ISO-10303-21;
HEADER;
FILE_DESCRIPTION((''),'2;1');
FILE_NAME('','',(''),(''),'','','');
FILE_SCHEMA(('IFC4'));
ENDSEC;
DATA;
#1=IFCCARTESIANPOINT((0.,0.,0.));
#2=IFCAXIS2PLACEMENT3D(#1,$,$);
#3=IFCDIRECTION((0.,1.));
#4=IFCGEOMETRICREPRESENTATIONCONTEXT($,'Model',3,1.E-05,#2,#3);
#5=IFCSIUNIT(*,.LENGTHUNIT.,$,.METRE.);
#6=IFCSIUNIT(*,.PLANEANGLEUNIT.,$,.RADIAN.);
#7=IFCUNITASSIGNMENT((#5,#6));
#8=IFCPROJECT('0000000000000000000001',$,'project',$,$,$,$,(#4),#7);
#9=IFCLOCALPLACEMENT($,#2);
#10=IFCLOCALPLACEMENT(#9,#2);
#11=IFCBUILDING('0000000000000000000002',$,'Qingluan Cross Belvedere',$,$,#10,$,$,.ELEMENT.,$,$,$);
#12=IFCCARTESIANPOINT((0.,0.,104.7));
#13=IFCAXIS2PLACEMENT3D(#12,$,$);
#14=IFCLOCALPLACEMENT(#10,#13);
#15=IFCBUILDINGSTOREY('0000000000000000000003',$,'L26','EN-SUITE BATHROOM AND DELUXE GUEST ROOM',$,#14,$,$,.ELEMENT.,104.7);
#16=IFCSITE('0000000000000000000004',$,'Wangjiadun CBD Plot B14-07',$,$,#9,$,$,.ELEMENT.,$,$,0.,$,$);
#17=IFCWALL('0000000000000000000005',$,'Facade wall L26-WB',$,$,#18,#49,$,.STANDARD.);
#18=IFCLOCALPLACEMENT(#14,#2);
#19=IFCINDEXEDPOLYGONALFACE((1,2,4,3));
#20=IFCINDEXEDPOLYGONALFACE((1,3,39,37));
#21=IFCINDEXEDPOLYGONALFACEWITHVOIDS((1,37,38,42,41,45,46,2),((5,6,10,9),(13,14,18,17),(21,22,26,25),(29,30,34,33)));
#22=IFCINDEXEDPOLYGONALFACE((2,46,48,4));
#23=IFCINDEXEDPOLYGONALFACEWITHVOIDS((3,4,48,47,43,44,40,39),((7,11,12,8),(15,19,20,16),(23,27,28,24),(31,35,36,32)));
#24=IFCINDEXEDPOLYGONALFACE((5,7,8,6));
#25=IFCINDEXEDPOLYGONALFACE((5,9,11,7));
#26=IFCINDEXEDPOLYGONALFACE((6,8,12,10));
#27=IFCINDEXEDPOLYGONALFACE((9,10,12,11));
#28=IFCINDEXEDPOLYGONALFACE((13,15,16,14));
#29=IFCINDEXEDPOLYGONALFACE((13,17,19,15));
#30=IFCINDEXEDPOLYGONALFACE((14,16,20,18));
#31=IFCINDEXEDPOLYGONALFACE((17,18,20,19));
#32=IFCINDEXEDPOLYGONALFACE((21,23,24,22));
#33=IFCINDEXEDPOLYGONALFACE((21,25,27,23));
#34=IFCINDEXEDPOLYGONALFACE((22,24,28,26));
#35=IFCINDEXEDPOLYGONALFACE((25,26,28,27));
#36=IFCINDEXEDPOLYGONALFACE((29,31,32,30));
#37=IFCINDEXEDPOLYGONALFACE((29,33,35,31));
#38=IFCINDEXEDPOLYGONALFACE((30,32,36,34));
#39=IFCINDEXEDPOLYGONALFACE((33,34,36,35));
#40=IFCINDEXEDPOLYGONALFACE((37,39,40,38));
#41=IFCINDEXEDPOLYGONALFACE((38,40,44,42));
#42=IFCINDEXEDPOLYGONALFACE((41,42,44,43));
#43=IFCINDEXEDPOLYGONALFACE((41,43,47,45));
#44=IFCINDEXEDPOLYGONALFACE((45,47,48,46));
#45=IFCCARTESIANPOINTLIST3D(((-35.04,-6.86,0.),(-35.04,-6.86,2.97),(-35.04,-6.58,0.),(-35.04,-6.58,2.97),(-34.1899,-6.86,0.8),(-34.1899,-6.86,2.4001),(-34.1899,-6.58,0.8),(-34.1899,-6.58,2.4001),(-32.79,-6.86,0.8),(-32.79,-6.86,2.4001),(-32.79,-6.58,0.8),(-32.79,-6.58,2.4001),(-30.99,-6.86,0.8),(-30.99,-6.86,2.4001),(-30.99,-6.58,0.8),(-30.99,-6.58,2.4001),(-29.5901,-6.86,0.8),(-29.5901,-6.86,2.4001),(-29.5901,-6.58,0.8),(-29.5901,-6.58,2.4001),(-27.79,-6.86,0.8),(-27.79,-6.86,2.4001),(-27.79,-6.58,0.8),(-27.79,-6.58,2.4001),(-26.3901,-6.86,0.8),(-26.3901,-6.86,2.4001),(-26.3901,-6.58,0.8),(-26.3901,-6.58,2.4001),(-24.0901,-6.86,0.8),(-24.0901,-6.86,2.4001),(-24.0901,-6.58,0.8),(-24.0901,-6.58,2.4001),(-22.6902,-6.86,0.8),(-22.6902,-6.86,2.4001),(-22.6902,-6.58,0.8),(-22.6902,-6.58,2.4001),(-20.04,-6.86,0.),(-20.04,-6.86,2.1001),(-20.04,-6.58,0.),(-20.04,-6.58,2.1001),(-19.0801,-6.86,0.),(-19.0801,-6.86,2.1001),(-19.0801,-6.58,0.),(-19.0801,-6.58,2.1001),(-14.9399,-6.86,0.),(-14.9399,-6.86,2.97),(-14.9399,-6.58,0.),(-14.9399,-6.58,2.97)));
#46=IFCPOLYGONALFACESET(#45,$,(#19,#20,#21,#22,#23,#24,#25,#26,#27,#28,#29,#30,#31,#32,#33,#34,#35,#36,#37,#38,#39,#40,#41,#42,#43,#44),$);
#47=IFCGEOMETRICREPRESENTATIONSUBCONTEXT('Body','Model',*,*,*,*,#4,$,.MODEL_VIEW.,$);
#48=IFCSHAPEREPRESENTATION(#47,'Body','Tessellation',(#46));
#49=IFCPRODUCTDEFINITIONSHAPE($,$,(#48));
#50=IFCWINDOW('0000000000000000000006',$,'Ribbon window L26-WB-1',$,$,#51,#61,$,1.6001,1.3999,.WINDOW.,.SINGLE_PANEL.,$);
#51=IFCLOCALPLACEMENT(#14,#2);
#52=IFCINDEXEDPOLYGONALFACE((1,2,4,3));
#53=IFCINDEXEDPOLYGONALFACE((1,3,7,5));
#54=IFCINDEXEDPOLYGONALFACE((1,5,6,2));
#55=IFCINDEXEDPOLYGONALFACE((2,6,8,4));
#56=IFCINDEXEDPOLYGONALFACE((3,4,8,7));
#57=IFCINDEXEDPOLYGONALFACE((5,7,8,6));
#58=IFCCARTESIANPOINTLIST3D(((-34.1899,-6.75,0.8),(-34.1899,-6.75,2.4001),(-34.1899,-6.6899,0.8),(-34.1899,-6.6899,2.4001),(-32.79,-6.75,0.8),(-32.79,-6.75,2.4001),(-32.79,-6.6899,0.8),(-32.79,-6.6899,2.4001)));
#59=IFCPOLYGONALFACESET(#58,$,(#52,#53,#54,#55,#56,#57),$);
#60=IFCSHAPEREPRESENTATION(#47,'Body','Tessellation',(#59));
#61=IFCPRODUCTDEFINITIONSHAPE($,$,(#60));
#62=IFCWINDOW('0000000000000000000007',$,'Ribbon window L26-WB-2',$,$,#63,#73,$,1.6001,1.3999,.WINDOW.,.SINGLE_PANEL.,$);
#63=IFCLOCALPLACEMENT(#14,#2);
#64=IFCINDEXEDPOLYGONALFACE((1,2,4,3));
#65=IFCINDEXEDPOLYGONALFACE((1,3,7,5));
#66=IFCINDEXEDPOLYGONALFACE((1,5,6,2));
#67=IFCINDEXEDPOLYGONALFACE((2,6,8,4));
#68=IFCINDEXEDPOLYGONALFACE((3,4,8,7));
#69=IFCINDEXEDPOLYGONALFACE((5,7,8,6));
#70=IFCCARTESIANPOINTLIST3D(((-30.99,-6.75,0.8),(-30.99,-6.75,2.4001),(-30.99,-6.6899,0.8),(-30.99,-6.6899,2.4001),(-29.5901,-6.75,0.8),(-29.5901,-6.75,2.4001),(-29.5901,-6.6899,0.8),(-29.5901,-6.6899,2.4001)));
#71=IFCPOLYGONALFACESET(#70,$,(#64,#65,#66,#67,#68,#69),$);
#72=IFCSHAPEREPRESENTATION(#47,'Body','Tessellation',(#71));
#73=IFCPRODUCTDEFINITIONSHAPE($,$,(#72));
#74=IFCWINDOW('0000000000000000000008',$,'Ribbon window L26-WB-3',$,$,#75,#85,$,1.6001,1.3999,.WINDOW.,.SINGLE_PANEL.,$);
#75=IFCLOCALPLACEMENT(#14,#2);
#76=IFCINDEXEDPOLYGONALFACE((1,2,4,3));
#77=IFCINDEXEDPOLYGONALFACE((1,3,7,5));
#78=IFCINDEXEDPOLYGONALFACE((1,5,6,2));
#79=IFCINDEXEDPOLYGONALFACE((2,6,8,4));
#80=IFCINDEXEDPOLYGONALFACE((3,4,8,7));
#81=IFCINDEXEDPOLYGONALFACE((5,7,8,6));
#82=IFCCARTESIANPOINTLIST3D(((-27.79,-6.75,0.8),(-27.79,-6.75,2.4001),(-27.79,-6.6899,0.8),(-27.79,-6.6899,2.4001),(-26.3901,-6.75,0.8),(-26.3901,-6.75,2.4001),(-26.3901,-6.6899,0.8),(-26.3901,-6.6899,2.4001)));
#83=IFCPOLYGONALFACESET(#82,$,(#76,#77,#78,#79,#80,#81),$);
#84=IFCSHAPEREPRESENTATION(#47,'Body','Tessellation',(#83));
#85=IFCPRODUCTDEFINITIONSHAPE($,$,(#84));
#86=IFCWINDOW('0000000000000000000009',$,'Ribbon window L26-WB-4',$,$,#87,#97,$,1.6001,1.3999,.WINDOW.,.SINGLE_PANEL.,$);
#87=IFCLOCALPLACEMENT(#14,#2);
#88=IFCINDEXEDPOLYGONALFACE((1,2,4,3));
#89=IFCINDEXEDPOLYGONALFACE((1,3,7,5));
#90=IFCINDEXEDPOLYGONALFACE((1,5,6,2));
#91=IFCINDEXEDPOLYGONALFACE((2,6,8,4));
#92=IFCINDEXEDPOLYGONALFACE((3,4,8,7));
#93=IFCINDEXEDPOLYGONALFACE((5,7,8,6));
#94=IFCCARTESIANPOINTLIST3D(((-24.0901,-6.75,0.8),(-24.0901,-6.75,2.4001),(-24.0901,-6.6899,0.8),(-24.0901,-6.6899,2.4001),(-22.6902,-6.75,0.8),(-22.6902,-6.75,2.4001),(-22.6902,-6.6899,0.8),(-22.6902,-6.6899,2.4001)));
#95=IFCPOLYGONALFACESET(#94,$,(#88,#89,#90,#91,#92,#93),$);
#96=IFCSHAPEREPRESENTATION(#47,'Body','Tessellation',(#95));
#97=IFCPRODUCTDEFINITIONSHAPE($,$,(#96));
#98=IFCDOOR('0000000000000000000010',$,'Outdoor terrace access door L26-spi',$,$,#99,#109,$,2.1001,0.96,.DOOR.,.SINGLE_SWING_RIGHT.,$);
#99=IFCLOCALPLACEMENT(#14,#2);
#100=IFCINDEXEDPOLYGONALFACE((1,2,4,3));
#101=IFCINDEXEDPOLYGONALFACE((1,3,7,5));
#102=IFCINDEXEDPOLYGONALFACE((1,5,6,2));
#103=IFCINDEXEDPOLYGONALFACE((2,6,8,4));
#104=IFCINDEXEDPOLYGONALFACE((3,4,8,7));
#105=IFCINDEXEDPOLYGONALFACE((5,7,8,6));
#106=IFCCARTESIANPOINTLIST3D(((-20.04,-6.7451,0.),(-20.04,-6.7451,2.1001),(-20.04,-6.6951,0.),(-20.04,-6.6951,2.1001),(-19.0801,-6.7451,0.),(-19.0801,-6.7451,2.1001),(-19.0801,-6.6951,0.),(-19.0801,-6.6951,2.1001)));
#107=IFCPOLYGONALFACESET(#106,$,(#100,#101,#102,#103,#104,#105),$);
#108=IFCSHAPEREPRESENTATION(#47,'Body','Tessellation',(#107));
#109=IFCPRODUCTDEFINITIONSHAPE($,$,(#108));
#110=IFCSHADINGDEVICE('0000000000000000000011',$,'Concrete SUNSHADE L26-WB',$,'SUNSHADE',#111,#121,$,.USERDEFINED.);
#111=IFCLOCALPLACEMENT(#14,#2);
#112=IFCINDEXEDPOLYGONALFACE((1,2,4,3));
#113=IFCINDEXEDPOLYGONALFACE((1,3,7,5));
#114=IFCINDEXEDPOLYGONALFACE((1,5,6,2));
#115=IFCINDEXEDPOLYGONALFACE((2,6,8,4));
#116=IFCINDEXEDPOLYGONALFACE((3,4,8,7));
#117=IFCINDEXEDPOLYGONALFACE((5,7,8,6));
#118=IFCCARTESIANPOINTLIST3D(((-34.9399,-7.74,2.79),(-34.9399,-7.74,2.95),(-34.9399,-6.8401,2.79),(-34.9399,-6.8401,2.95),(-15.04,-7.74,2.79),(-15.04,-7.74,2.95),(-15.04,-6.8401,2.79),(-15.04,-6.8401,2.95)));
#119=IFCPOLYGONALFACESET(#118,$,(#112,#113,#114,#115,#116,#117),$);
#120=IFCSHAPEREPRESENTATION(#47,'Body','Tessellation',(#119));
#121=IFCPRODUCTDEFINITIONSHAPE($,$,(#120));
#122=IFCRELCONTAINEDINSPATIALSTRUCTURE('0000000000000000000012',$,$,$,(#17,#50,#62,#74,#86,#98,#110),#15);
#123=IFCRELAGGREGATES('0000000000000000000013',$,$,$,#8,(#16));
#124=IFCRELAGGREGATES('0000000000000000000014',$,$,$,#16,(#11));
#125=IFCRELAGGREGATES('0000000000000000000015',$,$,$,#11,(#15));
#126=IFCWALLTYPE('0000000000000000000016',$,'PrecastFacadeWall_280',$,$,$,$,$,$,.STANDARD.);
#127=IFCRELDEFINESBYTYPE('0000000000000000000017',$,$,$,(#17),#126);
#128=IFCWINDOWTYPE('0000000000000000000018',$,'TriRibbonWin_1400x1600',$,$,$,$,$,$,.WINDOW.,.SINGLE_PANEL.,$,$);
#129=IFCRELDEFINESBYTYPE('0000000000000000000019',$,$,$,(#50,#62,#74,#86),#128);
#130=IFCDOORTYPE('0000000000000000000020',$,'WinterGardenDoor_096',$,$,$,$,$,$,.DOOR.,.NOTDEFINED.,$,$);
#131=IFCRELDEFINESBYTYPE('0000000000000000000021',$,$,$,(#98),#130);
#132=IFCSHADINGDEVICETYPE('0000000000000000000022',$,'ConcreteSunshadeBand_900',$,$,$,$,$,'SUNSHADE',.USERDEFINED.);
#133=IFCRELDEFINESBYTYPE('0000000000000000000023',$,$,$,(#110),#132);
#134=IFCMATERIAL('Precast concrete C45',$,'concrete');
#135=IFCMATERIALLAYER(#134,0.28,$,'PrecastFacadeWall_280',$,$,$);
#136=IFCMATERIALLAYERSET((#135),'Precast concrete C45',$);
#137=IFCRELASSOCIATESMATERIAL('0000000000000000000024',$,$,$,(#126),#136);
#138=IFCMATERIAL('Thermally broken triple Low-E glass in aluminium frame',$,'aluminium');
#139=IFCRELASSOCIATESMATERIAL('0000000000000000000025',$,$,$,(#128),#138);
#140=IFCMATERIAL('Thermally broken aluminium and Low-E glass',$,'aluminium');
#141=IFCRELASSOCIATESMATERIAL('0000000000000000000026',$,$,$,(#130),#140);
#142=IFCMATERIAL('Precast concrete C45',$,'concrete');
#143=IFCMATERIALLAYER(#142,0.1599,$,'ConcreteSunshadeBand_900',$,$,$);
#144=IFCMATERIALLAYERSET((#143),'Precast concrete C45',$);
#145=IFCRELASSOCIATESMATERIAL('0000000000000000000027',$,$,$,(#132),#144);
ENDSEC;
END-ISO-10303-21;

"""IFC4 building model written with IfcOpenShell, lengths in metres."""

from ifc_helpers import new_model, si_unit, direction, frame, frame_2d, origin, origin_2d, place, context, subcontext, project, spatial, rectangle, extrude, material, layer, layer_set, type_object, element, fill, save


model = new_model("IFC4")

# Units and contexts
model_context = context("Model", 3, precision=1e-05, world=origin(), true_north=direction((0.0, 1.0)))
body_context = subcontext(model_context, "Body", "Model", "MODEL_VIEW")
ifc_project = project(units=[si_unit("LENGTHUNIT", "METRE"), si_unit("PLANEANGLEUNIT", "RADIAN")], contexts=[model_context])

# Site, building, storey
site_placement = place(None, origin())
site = spatial("IfcSite", under=ifc_project, at=site_placement, Name="Wangjiadun CBD Plot B14-07", CompositionType="ELEMENT", RefElevation=0.0)
building_placement = place(site_placement, origin())
building = spatial("IfcBuilding", under=site, at=building_placement, Name="Qingluan Cross Belvedere", CompositionType="ELEMENT")
storey_placement = place(building_placement, frame((0.0, 0.0, 104.7)))
storey = spatial("IfcBuildingStorey", under=building, at=storey_placement, Name="L26", Description="EN-SUITE BATHROOM AND DELUXE GUEST ROOM", CompositionType="ELEMENT", Elevation=104.7)

# Wall, openings, windows, door
ifc_material_1 = material(Name="Precast concrete C45", Category="concrete")
ifc_layer_1 = layer(ifc_material_1, 0.28, Name="PrecastFacadeWall_280")
ifc_layer_set_1 = layer_set([ifc_layer_1], Name="Precast concrete C45")
wall_type_1 = type_object("IfcWallType", Name="PrecastFacadeWall_280", PredefinedType="STANDARD", material=ifc_layer_set_1)
wall_1_placement = place(storey_placement, frame((-35.04, -6.72, 0.0), z_axis=(0.0, 0.0, 1.0), x_axis=(1.0, 0.0, 0.0)))
wall_1 = element("IfcWall", 1, at=wall_1_placement, inside=storey, type_object=wall_type_1, Name="Facade wall L26-WB", PredefinedType="STANDARD", context=body_context, shape_type="SweptSolid", body=[
    extrude(rectangle(XDim=20.1001, YDim=0.28, at=frame_2d((10.05, 0.0))), origin(), (0.0, 0.0, 1.0), 2.97),
])
opening_1_placement = place(wall_1_placement, frame((0.8501, 0.0, 0.8)))
opening_1 = element("IfcOpeningElement", 2, at=opening_1_placement, cuts=wall_1, PredefinedType="OPENING", context=body_context, shape_type="SweptSolid", body=[
    extrude(rectangle(XDim=1.3999, YDim=1.6001, at=frame_2d((0.7, 0.8))), frame((0.0, 0.1499, 0.0), z_axis=(0.0, -1.0, 0.0), x_axis=(1.0, 0.0, 0.0)), (0.0, 0.0, 1.0), 0.3),
])
opening_2_placement = place(wall_1_placement, frame((4.05, 0.0, 0.8)))
opening_2 = element("IfcOpeningElement", 3, at=opening_2_placement, cuts=wall_1, PredefinedType="OPENING", context=body_context, shape_type="SweptSolid", body=[
    extrude(rectangle(XDim=1.3999, YDim=1.6001, at=frame_2d((0.7, 0.8))), frame((0.0, 0.1499, 0.0), z_axis=(0.0, -1.0, 0.0), x_axis=(1.0, 0.0, 0.0)), (0.0, 0.0, 1.0), 0.3),
])
opening_3_placement = place(wall_1_placement, frame((7.25, 0.0, 0.8)))
opening_3 = element("IfcOpeningElement", 4, at=opening_3_placement, cuts=wall_1, PredefinedType="OPENING", context=body_context, shape_type="SweptSolid", body=[
    extrude(rectangle(XDim=1.3999, YDim=1.6001, at=frame_2d((0.7, 0.8))), frame((0.0, 0.1499, 0.0), z_axis=(0.0, -1.0, 0.0), x_axis=(1.0, 0.0, 0.0)), (0.0, 0.0, 1.0), 0.3),
])
opening_4_placement = place(wall_1_placement, frame((10.95, 0.0, 0.8)))
opening_4 = element("IfcOpeningElement", 5, at=opening_4_placement, cuts=wall_1, PredefinedType="OPENING", context=body_context, shape_type="SweptSolid", body=[
    extrude(rectangle(XDim=1.3999, YDim=1.6001, at=frame_2d((0.7, 0.8))), frame((0.0, 0.1499, 0.0), z_axis=(0.0, -1.0, 0.0), x_axis=(1.0, 0.0, 0.0)), (0.0, 0.0, 1.0), 0.3),
])
opening_5_placement = place(wall_1_placement, frame((15.0, 0.0, 0.0)))
opening_5 = element("IfcOpeningElement", 6, at=opening_5_placement, cuts=wall_1, PredefinedType="OPENING", context=body_context, shape_type="SweptSolid", body=[
    extrude(rectangle(XDim=0.96, YDim=2.1001, at=frame_2d((0.48, 1.05))), frame((0.0, 0.1499, 0.0), z_axis=(0.0, -1.0, 0.0), x_axis=(1.0, 0.0, 0.0)), (0.0, 0.0, 1.0), 0.3),
])
ifc_material_2 = material(Name="Thermally broken triple Low-E glass in aluminium frame", Category="aluminium")
window_type = type_object("IfcWindowType", Name="TriRibbonWin_1400x1600", PartitioningType="SINGLE_PANEL", PredefinedType="WINDOW", material=ifc_material_2)
window_1_placement = place(opening_1_placement, origin())
window_1 = element("IfcWindow", 7, at=window_1_placement, inside=storey, type_object=window_type, Name="Ribbon window L26-WB-1", OverallHeight=1.6001, OverallWidth=1.3999, PartitioningType="SINGLE_PANEL", PredefinedType="WINDOW", context=body_context, shape_type="SweptSolid", body=[
    extrude(rectangle(XDim=1.3999, YDim=1.6001, at=frame_2d((0.7, 0.8))), frame((0.0, 0.03, 0.0), z_axis=(0.0, -1.0, 0.0), x_axis=(1.0, 0.0, 0.0)), (0.0, 0.0, 1.0), 0.0601),
])
fill(opening_1, window_1)
window_2_placement = place(opening_2_placement, origin())
window_2 = element("IfcWindow", 8, at=window_2_placement, inside=storey, type_object=window_type, Name="Ribbon window L26-WB-2", OverallHeight=1.6001, OverallWidth=1.3999, PartitioningType="SINGLE_PANEL", PredefinedType="WINDOW", context=body_context, shape_type="SweptSolid", body=[
    extrude(rectangle(XDim=1.3999, YDim=1.6001, at=frame_2d((0.7, 0.8))), frame((0.0, 0.03, 0.0), z_axis=(0.0, -1.0, 0.0), x_axis=(1.0, 0.0, 0.0)), (0.0, 0.0, 1.0), 0.0601),
])
fill(opening_2, window_2)
window_3_placement = place(opening_3_placement, origin())
window_3 = element("IfcWindow", 9, at=window_3_placement, inside=storey, type_object=window_type, Name="Ribbon window L26-WB-3", OverallHeight=1.6001, OverallWidth=1.3999, PartitioningType="SINGLE_PANEL", PredefinedType="WINDOW", context=body_context, shape_type="SweptSolid", body=[
    extrude(rectangle(XDim=1.3999, YDim=1.6001, at=frame_2d((0.7, 0.8))), frame((0.0, 0.03, 0.0), z_axis=(0.0, -1.0, 0.0), x_axis=(1.0, 0.0, 0.0)), (0.0, 0.0, 1.0), 0.0601),
])
fill(opening_3, window_3)
window_4_placement = place(opening_4_placement, origin())
window_4 = element("IfcWindow", 10, at=window_4_placement, inside=storey, type_object=window_type, Name="Ribbon window L26-WB-4", OverallHeight=1.6001, OverallWidth=1.3999, PartitioningType="SINGLE_PANEL", PredefinedType="WINDOW", context=body_context, shape_type="SweptSolid", body=[
    extrude(rectangle(XDim=1.3999, YDim=1.6001, at=frame_2d((0.7, 0.8))), frame((0.0, 0.03, 0.0), z_axis=(0.0, -1.0, 0.0), x_axis=(1.0, 0.0, 0.0)), (0.0, 0.0, 1.0), 0.0601),
])
fill(opening_4, window_4)
ifc_material_3 = material(Name="Thermally broken aluminium and Low-E glass", Category="aluminium")
door_type_1 = type_object("IfcDoorType", Name="WinterGardenDoor_096", OperationType="NOTDEFINED", PredefinedType="DOOR", material=ifc_material_3)
door_1_placement = place(opening_5_placement, origin())
door_1 = element("IfcDoor", 11, at=door_1_placement, inside=storey, type_object=door_type_1, Name="Outdoor terrace access door L26-spi", OperationType="SINGLE_SWING_RIGHT", OverallHeight=2.1001, OverallWidth=0.96, PredefinedType="DOOR", context=body_context, shape_type="SweptSolid", body=[
    extrude(rectangle(XDim=0.96, YDim=2.1001, at=frame_2d((0.48, 1.05))), frame((0.0, 0.0249, 0.0), z_axis=(0.0, -1.0, 0.0), x_axis=(1.0, 0.0, 0.0)), (0.0, 0.0, 1.0), 0.05),
])
fill(opening_5, door_1)

# Shading device
ifc_material_4 = material(Name="Precast concrete C45", Category="concrete")
ifc_layer_2 = layer(ifc_material_4, 0.1599, Name="ConcreteSunshadeBand_900")
ifc_layer_set_2 = layer_set([ifc_layer_2], Name="Precast concrete C45")
shading_device_type = type_object("IfcShadingDeviceType", Name="ConcreteSunshadeBand_900", ElementType="SUNSHADE", PredefinedType="USERDEFINED", material=ifc_layer_set_2)
shading_device_placement = place(storey_placement, frame((-24.99, -7.29, 2.79), z_axis=(0.0, 0.0, 1.0), x_axis=(1.0, 0.0, 0.0)))
element("IfcShadingDevice", 12, at=shading_device_placement, inside=storey, type_object=shading_device_type, Name="Concrete SUNSHADE L26-WB", ObjectType="SUNSHADE", PredefinedType="USERDEFINED", context=body_context, shape_type="SweptSolid", body=[
    extrude(rectangle(XDim=19.8999, YDim=0.8999, at=origin_2d()), origin(), (0.0, 0.0, 1.0), 0.1599),
])

save(model, "model.ifc")
